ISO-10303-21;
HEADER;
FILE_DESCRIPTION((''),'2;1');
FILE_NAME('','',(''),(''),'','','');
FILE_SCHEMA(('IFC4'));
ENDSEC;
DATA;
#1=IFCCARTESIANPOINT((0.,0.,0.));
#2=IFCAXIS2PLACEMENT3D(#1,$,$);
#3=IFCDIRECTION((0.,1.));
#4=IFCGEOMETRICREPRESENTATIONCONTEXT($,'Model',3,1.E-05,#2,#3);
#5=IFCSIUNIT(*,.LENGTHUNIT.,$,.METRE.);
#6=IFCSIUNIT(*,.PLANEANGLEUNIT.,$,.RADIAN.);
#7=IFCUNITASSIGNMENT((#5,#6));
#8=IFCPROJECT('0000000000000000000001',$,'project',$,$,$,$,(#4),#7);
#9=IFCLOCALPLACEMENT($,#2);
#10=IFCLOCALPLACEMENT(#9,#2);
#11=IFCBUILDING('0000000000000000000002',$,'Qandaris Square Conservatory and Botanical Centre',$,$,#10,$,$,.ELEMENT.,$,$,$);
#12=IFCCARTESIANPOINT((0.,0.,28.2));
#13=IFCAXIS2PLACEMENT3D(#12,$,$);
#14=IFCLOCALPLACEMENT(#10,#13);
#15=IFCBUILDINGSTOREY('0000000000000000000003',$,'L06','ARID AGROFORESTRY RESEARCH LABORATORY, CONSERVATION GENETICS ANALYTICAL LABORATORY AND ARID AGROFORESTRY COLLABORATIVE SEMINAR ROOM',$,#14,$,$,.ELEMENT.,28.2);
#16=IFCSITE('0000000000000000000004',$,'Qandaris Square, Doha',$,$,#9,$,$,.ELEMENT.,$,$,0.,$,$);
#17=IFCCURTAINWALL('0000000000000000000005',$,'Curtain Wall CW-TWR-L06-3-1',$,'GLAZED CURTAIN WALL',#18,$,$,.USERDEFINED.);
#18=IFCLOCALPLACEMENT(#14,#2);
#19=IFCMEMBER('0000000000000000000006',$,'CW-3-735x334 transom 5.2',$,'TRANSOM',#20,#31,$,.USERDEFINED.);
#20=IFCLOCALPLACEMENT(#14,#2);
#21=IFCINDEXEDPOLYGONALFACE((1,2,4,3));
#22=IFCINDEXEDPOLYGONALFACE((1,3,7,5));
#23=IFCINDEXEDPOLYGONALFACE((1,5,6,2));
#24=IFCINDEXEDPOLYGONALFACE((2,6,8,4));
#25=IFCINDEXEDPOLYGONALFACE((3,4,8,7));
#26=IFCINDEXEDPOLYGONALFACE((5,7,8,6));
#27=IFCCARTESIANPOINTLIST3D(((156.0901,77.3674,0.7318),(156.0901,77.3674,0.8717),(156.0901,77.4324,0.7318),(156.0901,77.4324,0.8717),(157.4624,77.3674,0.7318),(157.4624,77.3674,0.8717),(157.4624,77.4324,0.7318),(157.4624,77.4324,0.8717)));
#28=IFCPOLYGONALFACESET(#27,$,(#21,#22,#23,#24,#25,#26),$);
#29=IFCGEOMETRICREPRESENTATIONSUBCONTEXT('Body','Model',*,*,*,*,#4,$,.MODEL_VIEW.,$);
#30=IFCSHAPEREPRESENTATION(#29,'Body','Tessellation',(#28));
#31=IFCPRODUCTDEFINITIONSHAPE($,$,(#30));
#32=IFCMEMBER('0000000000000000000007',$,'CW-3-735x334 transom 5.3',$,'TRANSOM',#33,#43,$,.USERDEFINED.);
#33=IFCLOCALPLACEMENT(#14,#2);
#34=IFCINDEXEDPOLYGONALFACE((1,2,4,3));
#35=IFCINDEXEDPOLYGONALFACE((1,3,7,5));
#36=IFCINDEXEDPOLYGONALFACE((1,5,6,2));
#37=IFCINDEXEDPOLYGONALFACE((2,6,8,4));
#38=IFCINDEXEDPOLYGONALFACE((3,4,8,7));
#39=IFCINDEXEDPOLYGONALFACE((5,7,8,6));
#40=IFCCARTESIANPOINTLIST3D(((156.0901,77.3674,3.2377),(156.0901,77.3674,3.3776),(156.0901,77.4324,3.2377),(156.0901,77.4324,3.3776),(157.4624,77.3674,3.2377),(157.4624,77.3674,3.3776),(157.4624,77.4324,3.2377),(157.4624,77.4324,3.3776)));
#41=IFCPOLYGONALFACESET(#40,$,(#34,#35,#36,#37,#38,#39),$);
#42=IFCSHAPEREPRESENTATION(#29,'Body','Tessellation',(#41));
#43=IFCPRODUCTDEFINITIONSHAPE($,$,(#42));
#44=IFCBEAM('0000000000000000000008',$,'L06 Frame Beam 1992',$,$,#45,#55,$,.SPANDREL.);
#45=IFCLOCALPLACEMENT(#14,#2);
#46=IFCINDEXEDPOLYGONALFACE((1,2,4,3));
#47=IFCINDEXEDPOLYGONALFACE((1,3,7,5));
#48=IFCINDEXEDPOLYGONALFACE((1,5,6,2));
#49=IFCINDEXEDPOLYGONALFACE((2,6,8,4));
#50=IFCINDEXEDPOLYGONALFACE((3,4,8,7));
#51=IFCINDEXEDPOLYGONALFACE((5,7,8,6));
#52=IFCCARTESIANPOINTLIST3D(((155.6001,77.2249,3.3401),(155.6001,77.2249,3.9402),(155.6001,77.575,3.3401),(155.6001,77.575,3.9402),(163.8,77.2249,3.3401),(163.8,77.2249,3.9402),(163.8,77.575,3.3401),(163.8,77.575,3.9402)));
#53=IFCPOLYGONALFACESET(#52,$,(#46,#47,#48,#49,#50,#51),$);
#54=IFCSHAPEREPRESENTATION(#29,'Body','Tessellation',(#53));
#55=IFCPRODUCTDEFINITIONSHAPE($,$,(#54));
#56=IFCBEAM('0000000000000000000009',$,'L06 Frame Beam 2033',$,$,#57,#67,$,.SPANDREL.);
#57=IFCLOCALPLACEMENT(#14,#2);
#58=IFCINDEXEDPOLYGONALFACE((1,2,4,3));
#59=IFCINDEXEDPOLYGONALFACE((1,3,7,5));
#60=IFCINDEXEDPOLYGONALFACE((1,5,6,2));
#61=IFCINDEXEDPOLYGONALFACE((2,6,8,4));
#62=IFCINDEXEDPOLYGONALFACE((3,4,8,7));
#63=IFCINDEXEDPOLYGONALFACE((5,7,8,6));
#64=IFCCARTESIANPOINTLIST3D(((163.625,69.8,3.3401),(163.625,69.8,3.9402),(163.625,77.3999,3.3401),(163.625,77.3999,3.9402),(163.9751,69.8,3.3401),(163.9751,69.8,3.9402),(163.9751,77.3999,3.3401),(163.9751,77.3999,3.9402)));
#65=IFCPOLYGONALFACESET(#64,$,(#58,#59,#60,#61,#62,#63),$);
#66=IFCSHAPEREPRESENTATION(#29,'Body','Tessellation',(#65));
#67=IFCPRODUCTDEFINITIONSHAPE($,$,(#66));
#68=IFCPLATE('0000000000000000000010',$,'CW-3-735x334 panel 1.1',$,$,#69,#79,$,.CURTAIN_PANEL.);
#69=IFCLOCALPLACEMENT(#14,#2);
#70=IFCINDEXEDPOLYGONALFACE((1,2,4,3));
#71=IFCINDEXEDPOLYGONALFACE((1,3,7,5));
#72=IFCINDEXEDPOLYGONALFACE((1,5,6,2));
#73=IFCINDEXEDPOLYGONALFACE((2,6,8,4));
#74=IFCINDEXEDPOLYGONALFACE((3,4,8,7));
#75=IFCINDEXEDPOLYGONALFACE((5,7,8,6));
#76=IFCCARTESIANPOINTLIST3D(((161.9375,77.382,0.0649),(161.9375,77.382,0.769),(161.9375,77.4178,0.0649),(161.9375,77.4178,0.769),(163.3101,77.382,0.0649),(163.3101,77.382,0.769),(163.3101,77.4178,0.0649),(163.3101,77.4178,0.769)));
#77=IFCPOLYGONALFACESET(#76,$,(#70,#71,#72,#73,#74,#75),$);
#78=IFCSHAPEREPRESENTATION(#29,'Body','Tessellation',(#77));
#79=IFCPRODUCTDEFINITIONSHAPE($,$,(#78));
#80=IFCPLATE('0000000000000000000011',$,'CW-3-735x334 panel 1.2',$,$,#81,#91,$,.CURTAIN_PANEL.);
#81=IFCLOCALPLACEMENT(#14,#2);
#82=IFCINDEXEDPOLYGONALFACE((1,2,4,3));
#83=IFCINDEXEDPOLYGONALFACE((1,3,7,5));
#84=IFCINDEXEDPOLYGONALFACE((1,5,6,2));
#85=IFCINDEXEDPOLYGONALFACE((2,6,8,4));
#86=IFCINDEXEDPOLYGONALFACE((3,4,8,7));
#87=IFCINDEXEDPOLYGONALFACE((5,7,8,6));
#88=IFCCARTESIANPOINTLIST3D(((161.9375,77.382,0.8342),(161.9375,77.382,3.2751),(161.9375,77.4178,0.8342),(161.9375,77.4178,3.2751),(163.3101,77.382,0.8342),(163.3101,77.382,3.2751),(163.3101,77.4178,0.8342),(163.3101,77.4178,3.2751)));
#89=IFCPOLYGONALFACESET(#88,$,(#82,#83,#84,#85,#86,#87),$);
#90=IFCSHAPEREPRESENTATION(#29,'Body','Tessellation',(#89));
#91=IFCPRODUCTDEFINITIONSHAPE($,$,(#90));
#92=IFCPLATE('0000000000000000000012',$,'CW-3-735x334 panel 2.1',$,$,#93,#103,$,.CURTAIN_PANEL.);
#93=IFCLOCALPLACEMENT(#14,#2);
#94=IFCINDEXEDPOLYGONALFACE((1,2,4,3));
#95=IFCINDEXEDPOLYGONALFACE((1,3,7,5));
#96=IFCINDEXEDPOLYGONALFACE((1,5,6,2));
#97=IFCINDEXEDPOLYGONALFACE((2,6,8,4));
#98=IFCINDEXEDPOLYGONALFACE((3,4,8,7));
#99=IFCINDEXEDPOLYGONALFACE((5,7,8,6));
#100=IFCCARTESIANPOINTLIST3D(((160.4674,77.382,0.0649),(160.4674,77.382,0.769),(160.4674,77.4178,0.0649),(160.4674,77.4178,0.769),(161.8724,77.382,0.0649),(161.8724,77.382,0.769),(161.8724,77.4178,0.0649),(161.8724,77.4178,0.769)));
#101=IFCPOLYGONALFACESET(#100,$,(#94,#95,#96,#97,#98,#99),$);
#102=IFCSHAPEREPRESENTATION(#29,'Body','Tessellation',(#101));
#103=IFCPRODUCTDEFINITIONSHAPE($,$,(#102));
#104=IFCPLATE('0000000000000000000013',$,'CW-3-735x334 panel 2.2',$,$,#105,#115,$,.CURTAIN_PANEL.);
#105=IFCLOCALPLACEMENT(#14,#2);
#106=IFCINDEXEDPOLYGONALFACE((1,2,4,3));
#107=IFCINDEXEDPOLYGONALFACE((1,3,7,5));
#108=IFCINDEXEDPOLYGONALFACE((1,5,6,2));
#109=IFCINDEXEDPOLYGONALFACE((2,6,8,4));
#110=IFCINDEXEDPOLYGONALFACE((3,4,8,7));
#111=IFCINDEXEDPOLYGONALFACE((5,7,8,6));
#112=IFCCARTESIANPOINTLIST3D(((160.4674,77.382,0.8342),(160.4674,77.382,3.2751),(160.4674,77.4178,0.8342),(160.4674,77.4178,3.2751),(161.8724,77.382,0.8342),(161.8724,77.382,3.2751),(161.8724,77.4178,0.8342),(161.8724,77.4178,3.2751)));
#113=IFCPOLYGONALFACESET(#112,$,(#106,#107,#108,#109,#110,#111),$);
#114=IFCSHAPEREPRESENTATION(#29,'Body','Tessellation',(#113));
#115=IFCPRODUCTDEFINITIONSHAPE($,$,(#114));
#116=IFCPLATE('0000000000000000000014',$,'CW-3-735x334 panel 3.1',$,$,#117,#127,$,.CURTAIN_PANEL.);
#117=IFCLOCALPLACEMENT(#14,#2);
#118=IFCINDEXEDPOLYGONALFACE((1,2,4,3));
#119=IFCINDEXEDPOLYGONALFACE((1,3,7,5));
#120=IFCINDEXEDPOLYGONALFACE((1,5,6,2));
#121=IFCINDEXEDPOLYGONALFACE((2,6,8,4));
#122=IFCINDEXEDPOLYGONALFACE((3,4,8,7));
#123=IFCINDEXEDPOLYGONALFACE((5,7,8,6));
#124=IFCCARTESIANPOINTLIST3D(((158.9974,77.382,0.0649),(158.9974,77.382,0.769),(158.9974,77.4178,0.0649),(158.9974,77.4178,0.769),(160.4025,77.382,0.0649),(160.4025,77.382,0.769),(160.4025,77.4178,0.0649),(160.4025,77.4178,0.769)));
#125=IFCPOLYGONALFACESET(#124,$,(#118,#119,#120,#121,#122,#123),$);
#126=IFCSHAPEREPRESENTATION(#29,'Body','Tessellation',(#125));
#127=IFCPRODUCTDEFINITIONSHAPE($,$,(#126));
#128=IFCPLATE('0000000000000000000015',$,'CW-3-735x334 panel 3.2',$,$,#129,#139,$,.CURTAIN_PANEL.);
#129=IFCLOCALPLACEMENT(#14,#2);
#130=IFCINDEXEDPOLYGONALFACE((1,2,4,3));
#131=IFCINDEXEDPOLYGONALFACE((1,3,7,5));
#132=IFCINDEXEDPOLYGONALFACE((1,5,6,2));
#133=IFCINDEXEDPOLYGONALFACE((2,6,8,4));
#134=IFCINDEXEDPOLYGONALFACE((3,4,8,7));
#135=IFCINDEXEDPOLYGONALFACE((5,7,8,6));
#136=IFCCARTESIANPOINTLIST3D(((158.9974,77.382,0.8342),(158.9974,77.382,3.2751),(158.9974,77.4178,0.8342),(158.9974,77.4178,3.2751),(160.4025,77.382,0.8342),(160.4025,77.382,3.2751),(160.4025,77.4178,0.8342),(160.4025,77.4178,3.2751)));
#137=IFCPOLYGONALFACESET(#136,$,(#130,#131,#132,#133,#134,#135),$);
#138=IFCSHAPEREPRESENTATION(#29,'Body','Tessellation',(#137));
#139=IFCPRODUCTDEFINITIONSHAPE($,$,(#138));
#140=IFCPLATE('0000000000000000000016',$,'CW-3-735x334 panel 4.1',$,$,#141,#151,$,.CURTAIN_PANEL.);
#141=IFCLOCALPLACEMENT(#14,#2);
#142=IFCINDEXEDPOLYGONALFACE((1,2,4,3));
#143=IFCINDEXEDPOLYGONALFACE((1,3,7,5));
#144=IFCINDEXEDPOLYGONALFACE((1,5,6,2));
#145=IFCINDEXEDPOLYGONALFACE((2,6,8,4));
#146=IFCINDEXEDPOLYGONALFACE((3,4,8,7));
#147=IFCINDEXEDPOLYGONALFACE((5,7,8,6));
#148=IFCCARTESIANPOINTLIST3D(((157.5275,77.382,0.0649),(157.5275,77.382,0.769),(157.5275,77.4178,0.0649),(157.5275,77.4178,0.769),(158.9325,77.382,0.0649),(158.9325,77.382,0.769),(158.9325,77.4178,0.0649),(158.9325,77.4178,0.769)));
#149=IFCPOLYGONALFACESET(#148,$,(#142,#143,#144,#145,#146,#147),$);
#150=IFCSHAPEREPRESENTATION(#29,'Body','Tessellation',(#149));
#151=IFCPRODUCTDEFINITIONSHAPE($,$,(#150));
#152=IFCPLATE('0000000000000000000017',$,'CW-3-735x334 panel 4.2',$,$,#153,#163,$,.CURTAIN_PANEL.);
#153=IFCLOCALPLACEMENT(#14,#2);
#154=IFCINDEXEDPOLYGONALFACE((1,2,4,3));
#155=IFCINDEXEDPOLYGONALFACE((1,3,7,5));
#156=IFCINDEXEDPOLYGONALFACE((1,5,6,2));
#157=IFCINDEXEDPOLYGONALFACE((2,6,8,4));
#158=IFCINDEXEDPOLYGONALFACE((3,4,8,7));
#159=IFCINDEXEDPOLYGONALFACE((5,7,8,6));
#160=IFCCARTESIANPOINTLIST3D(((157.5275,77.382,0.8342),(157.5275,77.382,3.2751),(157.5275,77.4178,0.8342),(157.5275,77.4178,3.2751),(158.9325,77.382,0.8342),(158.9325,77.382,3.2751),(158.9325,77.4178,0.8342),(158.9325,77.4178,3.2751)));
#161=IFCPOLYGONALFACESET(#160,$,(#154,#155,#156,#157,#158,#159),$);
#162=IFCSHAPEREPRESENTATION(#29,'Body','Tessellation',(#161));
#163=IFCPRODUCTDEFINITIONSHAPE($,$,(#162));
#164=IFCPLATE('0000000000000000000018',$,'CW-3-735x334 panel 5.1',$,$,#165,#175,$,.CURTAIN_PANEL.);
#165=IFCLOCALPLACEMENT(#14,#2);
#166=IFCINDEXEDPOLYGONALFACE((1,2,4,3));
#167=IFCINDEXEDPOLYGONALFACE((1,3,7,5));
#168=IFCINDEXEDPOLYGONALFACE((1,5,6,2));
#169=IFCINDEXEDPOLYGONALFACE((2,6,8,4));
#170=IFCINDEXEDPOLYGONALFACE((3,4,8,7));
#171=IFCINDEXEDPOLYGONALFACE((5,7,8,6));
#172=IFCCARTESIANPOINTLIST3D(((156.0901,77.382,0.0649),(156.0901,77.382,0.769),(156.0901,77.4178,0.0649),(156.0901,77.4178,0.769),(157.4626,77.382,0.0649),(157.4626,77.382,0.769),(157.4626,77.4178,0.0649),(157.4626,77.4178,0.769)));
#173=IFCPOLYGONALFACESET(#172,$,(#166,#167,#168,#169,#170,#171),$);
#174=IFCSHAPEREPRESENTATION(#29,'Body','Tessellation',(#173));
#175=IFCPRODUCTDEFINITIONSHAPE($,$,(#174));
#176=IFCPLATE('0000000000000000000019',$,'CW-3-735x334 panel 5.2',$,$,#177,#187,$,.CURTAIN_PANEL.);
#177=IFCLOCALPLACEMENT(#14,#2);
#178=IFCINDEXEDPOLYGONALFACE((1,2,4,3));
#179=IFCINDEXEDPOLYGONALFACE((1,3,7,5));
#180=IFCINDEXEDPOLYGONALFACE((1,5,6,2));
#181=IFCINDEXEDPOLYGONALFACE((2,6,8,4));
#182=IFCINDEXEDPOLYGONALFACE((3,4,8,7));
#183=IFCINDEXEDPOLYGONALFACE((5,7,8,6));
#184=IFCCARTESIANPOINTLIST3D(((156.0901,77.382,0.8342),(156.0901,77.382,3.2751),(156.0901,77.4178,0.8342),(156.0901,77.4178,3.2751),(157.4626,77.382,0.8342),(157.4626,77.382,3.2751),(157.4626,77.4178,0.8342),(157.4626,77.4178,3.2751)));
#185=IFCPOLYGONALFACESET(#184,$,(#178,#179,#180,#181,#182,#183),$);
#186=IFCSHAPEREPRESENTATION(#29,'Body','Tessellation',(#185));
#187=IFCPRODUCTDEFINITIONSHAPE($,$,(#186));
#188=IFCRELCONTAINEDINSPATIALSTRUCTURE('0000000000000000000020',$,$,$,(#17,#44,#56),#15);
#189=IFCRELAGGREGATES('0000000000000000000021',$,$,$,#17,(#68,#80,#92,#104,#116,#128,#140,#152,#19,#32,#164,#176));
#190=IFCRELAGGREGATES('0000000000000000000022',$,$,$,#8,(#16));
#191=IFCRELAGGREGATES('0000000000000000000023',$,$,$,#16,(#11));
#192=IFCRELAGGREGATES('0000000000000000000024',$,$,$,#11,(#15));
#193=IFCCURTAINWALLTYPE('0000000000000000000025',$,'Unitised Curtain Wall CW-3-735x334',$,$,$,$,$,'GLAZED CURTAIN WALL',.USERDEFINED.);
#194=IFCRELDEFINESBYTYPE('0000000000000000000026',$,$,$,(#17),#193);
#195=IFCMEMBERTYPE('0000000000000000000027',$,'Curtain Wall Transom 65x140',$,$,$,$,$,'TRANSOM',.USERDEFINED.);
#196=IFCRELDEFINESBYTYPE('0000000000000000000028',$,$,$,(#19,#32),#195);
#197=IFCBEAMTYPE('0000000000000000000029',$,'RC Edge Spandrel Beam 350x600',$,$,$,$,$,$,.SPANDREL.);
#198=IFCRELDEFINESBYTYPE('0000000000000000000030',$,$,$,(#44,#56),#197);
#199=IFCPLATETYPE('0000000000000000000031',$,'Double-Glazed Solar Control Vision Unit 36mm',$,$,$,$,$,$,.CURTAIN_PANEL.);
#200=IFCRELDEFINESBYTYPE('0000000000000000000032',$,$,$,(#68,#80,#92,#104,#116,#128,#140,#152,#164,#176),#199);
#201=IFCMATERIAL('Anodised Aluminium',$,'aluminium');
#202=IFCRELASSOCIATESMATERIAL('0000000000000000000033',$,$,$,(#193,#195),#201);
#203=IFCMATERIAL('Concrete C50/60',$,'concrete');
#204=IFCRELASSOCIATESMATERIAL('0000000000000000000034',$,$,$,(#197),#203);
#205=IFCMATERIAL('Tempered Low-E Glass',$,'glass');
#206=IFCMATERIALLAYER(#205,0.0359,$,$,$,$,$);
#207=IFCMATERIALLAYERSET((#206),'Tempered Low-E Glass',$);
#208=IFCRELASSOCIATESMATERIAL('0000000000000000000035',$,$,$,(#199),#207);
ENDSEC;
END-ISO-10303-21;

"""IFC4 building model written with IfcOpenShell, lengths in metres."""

from ifc_helpers import new_model, si_unit, direction, frame, origin, origin_2d, place, context, subcontext, project, spatial, rectangle, extrude, material, layer, layer_set, material_profile, profile_set, type_object, element, aggregate, save


model = new_model("IFC4")

# Units and contexts
model_context = context("Model", 3, precision=1e-05, world=origin(), true_north=direction((0.0, 1.0)))
body_context = subcontext(model_context, "Body", "Model", "MODEL_VIEW")
ifc_project = project(units=[si_unit("LENGTHUNIT", "METRE"), si_unit("PLANEANGLEUNIT", "RADIAN")], contexts=[model_context])

# Site, building, storey
site_placement = place(None, origin())
site = spatial("IfcSite", under=ifc_project, at=site_placement, Name="Qandaris Square, Doha", CompositionType="ELEMENT", RefElevation=0.0)
building_placement = place(site_placement, origin())
building = spatial("IfcBuilding", under=site, at=building_placement, Name="Qandaris Square Conservatory and Botanical Centre", CompositionType="ELEMENT")
storey_placement = place(building_placement, frame((0.0, 0.0, 28.2)))
storey = spatial("IfcBuildingStorey", under=building, at=storey_placement, Name="L06", Description="ARID AGROFORESTRY RESEARCH LABORATORY, CONSERVATION GENETICS ANALYTICAL LABORATORY AND ARID AGROFORESTRY COLLABORATIVE SEMINAR ROOM", CompositionType="ELEMENT", Elevation=28.2)

# Shared definitions
ifc_material_1 = material(Name="Concrete C50/60", Category="concrete")

# Curtain wall, members
ifc_material_2 = material(Name="Anodised Aluminium", Category="aluminium")
curtain_wall_type = type_object("IfcCurtainWallType", Name="Unitised Curtain Wall CW-3-735x334", ElementType="GLAZED CURTAIN WALL", PredefinedType="USERDEFINED", material=ifc_material_2)
curtain_wall_placement = place(storey_placement, origin())
curtain_wall = element("IfcCurtainWall", 1, at=curtain_wall_placement, inside=storey, type_object=curtain_wall_type, Name="Curtain Wall CW-TWR-L06-3-1", ObjectType="GLAZED CURTAIN WALL", PredefinedType="USERDEFINED")
ifc_material_profile_1 = material_profile(ifc_material_2, rectangle(XDim=0.0649, YDim=0.1399, at=origin_2d()), Name="ALU-TRN 65x140")
ifc_profile_set_1 = profile_set([ifc_material_profile_1], Name="Anodised Aluminium")
member_type_1 = type_object("IfcMemberType", Name="Curtain Wall Transom 65x140", ElementType="TRANSOM", PredefinedType="USERDEFINED", material=ifc_profile_set_1)
member_1_placement = place(storey_placement, frame((157.4624, 77.3999, 0.8018), z_axis=(-1.0, 0.0, 0.0), x_axis=(0.0, -1.0, 0.0)))
member_1 = element("IfcMember", 2, at=member_1_placement, type_object=member_type_1, Name="CW-3-735x334 transom 5.2", ObjectType="TRANSOM", PredefinedType="USERDEFINED", context=body_context, shape_type="SweptSolid", body=[
    extrude(rectangle(XDim=0.0649, YDim=0.1399, at=origin_2d()), origin(), (0.0, 0.0, 1.0), 1.3723),
])
member_2_placement = place(storey_placement, frame((157.4624, 77.3999, 3.3076), z_axis=(-1.0, 0.0, 0.0), x_axis=(0.0, -1.0, 0.0)))
member_2 = element("IfcMember", 3, at=member_2_placement, type_object=member_type_1, Name="CW-3-735x334 transom 5.3", ObjectType="TRANSOM", PredefinedType="USERDEFINED", context=body_context, shape_type="SweptSolid", body=[
    extrude(rectangle(XDim=0.0649, YDim=0.1399, at=origin_2d()), origin(), (0.0, 0.0, 1.0), 1.3723),
])

# Beams
ifc_material_profile_2 = material_profile(ifc_material_1, rectangle(XDim=0.3501, YDim=0.6001, at=origin_2d()), Name="RC-SP 350x600")
ifc_profile_set_2 = profile_set([ifc_material_profile_2], Name="Concrete C50/60")
beam_type_1 = type_object("IfcBeamType", Name="RC Edge Spandrel Beam 350x600", PredefinedType="SPANDREL", material=ifc_profile_set_2)
beam_1_placement = place(storey_placement, frame((155.6001, 77.3999, 3.6401), z_axis=(1.0, 0.0, 0.0), x_axis=(0.0, 1.0, 0.0)))
element("IfcBeam", 4, at=beam_1_placement, inside=storey, type_object=beam_type_1, Name="L06 Frame Beam 1992", PredefinedType="SPANDREL", context=body_context, shape_type="SweptSolid", body=[
    extrude(rectangle(XDim=0.3501, YDim=0.6001, at=origin_2d()), origin(), (0.0, 0.0, 1.0), 8.2),
])
beam_2_placement = place(storey_placement, frame((163.8, 69.8, 3.6401), z_axis=(0.0, 1.0, 0.0), x_axis=(-1.0, 0.0, 0.0)))
element("IfcBeam", 5, at=beam_2_placement, inside=storey, type_object=beam_type_1, Name="L06 Frame Beam 2033", PredefinedType="SPANDREL", context=body_context, shape_type="SweptSolid", body=[
    extrude(rectangle(XDim=0.3501, YDim=0.6001, at=origin_2d()), origin(), (0.0, 0.0, 1.0), 7.5999),
])

# Plates
ifc_material_3 = material(Name="Tempered Low-E Glass", Category="glass")
ifc_layer_1 = layer(ifc_material_3, 0.0359)
ifc_layer_set_1 = layer_set([ifc_layer_1], Name="Tempered Low-E Glass")
plate_type = type_object("IfcPlateType", Name="Double-Glazed Solar Control Vision Unit 36mm", PredefinedType="CURTAIN_PANEL", material=ifc_layer_set_1)
plate_1_placement = place(storey_placement, frame((162.6238, 77.3999, 0.0649), z_axis=(0.0, 0.0, 1.0), x_axis=(-1.0, 0.0, 0.0)))
plate_1 = element("IfcPlate", 6, at=plate_1_placement, type_object=plate_type, Name="CW-3-735x334 panel 1.1", PredefinedType="CURTAIN_PANEL", context=body_context, shape_type="SweptSolid", body=[
    extrude(rectangle(XDim=1.3726, YDim=0.0359, at=origin_2d()), origin(), (0.0, 0.0, 1.0), 0.7041),
])
plate_2_placement = place(storey_placement, frame((162.6238, 77.3999, 0.8342), z_axis=(0.0, 0.0, 1.0), x_axis=(-1.0, 0.0, 0.0)))
plate_2 = element("IfcPlate", 7, at=plate_2_placement, type_object=plate_type, Name="CW-3-735x334 panel 1.2", PredefinedType="CURTAIN_PANEL", context=body_context, shape_type="SweptSolid", body=[
    extrude(rectangle(XDim=1.3726, YDim=0.0359, at=origin_2d()), origin(), (0.0, 0.0, 1.0), 2.4409),
])
plate_3_placement = place(storey_placement, frame((161.1699, 77.3999, 0.0649), z_axis=(0.0, 0.0, 1.0), x_axis=(-1.0, 0.0, 0.0)))
plate_3 = element("IfcPlate", 8, at=plate_3_placement, type_object=plate_type, Name="CW-3-735x334 panel 2.1", PredefinedType="CURTAIN_PANEL", context=body_context, shape_type="SweptSolid", body=[
    extrude(rectangle(XDim=1.405, YDim=0.0359, at=origin_2d()), origin(), (0.0, 0.0, 1.0), 0.7041),
])
plate_4_placement = place(storey_placement, frame((161.1699, 77.3999, 0.8342), z_axis=(0.0, 0.0, 1.0), x_axis=(-1.0, 0.0, 0.0)))
plate_4 = element("IfcPlate", 9, at=plate_4_placement, type_object=plate_type, Name="CW-3-735x334 panel 2.2", PredefinedType="CURTAIN_PANEL", context=body_context, shape_type="SweptSolid", body=[
    extrude(rectangle(XDim=1.405, YDim=0.0359, at=origin_2d()), origin(), (0.0, 0.0, 1.0), 2.4409),
])
plate_5_placement = place(storey_placement, frame((159.7, 77.3999, 0.0649), z_axis=(0.0, 0.0, 1.0), x_axis=(-1.0, 0.0, 0.0)))
plate_5 = element("IfcPlate", 10, at=plate_5_placement, type_object=plate_type, Name="CW-3-735x334 panel 3.1", PredefinedType="CURTAIN_PANEL", context=body_context, shape_type="SweptSolid", body=[
    extrude(rectangle(XDim=1.405, YDim=0.0359, at=origin_2d()), origin(), (0.0, 0.0, 1.0), 0.7041),
])
plate_6_placement = place(storey_placement, frame((159.7, 77.3999, 0.8342), z_axis=(0.0, 0.0, 1.0), x_axis=(-1.0, 0.0, 0.0)))
plate_6 = element("IfcPlate", 11, at=plate_6_placement, type_object=plate_type, Name="CW-3-735x334 panel 3.2", PredefinedType="CURTAIN_PANEL", context=body_context, shape_type="SweptSolid", body=[
    extrude(rectangle(XDim=1.405, YDim=0.0359, at=origin_2d()), origin(), (0.0, 0.0, 1.0), 2.4409),
])
plate_7_placement = place(storey_placement, frame((158.23, 77.3999, 0.0649), z_axis=(0.0, 0.0, 1.0), x_axis=(-1.0, 0.0, 0.0)))
plate_7 = element("IfcPlate", 12, at=plate_7_placement, type_object=plate_type, Name="CW-3-735x334 panel 4.1", PredefinedType="CURTAIN_PANEL", context=body_context, shape_type="SweptSolid", body=[
    extrude(rectangle(XDim=1.405, YDim=0.0359, at=origin_2d()), origin(), (0.0, 0.0, 1.0), 0.7041),
])
plate_8_placement = place(storey_placement, frame((158.23, 77.3999, 0.8342), z_axis=(0.0, 0.0, 1.0), x_axis=(-1.0, 0.0, 0.0)))
plate_8 = element("IfcPlate", 13, at=plate_8_placement, type_object=plate_type, Name="CW-3-735x334 panel 4.2", PredefinedType="CURTAIN_PANEL", context=body_context, shape_type="SweptSolid", body=[
    extrude(rectangle(XDim=1.405, YDim=0.0359, at=origin_2d()), origin(), (0.0, 0.0, 1.0), 2.4409),
])
plate_9_placement = place(storey_placement, frame((156.7764, 77.3999, 0.0649), z_axis=(0.0, 0.0, 1.0), x_axis=(-1.0, 0.0, 0.0)))
plate_9 = element("IfcPlate", 14, at=plate_9_placement, type_object=plate_type, Name="CW-3-735x334 panel 5.1", PredefinedType="CURTAIN_PANEL", context=body_context, shape_type="SweptSolid", body=[
    extrude(rectangle(XDim=1.3726, YDim=0.0359, at=origin_2d()), origin(), (0.0, 0.0, 1.0), 0.7041),
])
plate_10_placement = place(storey_placement, frame((156.7764, 77.3999, 0.8342), z_axis=(0.0, 0.0, 1.0), x_axis=(-1.0, 0.0, 0.0)))
plate_10 = element("IfcPlate", 15, at=plate_10_placement, type_object=plate_type, Name="CW-3-735x334 panel 5.2", PredefinedType="CURTAIN_PANEL", context=body_context, shape_type="SweptSolid", body=[
    extrude(rectangle(XDim=1.3726, YDim=0.0359, at=origin_2d()), origin(), (0.0, 0.0, 1.0), 2.4409),
])
aggregate(curtain_wall, [plate_1, plate_2, plate_3, plate_4, plate_5, plate_6, plate_7, plate_8, member_1, member_2, plate_9, plate_10])

save(model, "model.ifc")
